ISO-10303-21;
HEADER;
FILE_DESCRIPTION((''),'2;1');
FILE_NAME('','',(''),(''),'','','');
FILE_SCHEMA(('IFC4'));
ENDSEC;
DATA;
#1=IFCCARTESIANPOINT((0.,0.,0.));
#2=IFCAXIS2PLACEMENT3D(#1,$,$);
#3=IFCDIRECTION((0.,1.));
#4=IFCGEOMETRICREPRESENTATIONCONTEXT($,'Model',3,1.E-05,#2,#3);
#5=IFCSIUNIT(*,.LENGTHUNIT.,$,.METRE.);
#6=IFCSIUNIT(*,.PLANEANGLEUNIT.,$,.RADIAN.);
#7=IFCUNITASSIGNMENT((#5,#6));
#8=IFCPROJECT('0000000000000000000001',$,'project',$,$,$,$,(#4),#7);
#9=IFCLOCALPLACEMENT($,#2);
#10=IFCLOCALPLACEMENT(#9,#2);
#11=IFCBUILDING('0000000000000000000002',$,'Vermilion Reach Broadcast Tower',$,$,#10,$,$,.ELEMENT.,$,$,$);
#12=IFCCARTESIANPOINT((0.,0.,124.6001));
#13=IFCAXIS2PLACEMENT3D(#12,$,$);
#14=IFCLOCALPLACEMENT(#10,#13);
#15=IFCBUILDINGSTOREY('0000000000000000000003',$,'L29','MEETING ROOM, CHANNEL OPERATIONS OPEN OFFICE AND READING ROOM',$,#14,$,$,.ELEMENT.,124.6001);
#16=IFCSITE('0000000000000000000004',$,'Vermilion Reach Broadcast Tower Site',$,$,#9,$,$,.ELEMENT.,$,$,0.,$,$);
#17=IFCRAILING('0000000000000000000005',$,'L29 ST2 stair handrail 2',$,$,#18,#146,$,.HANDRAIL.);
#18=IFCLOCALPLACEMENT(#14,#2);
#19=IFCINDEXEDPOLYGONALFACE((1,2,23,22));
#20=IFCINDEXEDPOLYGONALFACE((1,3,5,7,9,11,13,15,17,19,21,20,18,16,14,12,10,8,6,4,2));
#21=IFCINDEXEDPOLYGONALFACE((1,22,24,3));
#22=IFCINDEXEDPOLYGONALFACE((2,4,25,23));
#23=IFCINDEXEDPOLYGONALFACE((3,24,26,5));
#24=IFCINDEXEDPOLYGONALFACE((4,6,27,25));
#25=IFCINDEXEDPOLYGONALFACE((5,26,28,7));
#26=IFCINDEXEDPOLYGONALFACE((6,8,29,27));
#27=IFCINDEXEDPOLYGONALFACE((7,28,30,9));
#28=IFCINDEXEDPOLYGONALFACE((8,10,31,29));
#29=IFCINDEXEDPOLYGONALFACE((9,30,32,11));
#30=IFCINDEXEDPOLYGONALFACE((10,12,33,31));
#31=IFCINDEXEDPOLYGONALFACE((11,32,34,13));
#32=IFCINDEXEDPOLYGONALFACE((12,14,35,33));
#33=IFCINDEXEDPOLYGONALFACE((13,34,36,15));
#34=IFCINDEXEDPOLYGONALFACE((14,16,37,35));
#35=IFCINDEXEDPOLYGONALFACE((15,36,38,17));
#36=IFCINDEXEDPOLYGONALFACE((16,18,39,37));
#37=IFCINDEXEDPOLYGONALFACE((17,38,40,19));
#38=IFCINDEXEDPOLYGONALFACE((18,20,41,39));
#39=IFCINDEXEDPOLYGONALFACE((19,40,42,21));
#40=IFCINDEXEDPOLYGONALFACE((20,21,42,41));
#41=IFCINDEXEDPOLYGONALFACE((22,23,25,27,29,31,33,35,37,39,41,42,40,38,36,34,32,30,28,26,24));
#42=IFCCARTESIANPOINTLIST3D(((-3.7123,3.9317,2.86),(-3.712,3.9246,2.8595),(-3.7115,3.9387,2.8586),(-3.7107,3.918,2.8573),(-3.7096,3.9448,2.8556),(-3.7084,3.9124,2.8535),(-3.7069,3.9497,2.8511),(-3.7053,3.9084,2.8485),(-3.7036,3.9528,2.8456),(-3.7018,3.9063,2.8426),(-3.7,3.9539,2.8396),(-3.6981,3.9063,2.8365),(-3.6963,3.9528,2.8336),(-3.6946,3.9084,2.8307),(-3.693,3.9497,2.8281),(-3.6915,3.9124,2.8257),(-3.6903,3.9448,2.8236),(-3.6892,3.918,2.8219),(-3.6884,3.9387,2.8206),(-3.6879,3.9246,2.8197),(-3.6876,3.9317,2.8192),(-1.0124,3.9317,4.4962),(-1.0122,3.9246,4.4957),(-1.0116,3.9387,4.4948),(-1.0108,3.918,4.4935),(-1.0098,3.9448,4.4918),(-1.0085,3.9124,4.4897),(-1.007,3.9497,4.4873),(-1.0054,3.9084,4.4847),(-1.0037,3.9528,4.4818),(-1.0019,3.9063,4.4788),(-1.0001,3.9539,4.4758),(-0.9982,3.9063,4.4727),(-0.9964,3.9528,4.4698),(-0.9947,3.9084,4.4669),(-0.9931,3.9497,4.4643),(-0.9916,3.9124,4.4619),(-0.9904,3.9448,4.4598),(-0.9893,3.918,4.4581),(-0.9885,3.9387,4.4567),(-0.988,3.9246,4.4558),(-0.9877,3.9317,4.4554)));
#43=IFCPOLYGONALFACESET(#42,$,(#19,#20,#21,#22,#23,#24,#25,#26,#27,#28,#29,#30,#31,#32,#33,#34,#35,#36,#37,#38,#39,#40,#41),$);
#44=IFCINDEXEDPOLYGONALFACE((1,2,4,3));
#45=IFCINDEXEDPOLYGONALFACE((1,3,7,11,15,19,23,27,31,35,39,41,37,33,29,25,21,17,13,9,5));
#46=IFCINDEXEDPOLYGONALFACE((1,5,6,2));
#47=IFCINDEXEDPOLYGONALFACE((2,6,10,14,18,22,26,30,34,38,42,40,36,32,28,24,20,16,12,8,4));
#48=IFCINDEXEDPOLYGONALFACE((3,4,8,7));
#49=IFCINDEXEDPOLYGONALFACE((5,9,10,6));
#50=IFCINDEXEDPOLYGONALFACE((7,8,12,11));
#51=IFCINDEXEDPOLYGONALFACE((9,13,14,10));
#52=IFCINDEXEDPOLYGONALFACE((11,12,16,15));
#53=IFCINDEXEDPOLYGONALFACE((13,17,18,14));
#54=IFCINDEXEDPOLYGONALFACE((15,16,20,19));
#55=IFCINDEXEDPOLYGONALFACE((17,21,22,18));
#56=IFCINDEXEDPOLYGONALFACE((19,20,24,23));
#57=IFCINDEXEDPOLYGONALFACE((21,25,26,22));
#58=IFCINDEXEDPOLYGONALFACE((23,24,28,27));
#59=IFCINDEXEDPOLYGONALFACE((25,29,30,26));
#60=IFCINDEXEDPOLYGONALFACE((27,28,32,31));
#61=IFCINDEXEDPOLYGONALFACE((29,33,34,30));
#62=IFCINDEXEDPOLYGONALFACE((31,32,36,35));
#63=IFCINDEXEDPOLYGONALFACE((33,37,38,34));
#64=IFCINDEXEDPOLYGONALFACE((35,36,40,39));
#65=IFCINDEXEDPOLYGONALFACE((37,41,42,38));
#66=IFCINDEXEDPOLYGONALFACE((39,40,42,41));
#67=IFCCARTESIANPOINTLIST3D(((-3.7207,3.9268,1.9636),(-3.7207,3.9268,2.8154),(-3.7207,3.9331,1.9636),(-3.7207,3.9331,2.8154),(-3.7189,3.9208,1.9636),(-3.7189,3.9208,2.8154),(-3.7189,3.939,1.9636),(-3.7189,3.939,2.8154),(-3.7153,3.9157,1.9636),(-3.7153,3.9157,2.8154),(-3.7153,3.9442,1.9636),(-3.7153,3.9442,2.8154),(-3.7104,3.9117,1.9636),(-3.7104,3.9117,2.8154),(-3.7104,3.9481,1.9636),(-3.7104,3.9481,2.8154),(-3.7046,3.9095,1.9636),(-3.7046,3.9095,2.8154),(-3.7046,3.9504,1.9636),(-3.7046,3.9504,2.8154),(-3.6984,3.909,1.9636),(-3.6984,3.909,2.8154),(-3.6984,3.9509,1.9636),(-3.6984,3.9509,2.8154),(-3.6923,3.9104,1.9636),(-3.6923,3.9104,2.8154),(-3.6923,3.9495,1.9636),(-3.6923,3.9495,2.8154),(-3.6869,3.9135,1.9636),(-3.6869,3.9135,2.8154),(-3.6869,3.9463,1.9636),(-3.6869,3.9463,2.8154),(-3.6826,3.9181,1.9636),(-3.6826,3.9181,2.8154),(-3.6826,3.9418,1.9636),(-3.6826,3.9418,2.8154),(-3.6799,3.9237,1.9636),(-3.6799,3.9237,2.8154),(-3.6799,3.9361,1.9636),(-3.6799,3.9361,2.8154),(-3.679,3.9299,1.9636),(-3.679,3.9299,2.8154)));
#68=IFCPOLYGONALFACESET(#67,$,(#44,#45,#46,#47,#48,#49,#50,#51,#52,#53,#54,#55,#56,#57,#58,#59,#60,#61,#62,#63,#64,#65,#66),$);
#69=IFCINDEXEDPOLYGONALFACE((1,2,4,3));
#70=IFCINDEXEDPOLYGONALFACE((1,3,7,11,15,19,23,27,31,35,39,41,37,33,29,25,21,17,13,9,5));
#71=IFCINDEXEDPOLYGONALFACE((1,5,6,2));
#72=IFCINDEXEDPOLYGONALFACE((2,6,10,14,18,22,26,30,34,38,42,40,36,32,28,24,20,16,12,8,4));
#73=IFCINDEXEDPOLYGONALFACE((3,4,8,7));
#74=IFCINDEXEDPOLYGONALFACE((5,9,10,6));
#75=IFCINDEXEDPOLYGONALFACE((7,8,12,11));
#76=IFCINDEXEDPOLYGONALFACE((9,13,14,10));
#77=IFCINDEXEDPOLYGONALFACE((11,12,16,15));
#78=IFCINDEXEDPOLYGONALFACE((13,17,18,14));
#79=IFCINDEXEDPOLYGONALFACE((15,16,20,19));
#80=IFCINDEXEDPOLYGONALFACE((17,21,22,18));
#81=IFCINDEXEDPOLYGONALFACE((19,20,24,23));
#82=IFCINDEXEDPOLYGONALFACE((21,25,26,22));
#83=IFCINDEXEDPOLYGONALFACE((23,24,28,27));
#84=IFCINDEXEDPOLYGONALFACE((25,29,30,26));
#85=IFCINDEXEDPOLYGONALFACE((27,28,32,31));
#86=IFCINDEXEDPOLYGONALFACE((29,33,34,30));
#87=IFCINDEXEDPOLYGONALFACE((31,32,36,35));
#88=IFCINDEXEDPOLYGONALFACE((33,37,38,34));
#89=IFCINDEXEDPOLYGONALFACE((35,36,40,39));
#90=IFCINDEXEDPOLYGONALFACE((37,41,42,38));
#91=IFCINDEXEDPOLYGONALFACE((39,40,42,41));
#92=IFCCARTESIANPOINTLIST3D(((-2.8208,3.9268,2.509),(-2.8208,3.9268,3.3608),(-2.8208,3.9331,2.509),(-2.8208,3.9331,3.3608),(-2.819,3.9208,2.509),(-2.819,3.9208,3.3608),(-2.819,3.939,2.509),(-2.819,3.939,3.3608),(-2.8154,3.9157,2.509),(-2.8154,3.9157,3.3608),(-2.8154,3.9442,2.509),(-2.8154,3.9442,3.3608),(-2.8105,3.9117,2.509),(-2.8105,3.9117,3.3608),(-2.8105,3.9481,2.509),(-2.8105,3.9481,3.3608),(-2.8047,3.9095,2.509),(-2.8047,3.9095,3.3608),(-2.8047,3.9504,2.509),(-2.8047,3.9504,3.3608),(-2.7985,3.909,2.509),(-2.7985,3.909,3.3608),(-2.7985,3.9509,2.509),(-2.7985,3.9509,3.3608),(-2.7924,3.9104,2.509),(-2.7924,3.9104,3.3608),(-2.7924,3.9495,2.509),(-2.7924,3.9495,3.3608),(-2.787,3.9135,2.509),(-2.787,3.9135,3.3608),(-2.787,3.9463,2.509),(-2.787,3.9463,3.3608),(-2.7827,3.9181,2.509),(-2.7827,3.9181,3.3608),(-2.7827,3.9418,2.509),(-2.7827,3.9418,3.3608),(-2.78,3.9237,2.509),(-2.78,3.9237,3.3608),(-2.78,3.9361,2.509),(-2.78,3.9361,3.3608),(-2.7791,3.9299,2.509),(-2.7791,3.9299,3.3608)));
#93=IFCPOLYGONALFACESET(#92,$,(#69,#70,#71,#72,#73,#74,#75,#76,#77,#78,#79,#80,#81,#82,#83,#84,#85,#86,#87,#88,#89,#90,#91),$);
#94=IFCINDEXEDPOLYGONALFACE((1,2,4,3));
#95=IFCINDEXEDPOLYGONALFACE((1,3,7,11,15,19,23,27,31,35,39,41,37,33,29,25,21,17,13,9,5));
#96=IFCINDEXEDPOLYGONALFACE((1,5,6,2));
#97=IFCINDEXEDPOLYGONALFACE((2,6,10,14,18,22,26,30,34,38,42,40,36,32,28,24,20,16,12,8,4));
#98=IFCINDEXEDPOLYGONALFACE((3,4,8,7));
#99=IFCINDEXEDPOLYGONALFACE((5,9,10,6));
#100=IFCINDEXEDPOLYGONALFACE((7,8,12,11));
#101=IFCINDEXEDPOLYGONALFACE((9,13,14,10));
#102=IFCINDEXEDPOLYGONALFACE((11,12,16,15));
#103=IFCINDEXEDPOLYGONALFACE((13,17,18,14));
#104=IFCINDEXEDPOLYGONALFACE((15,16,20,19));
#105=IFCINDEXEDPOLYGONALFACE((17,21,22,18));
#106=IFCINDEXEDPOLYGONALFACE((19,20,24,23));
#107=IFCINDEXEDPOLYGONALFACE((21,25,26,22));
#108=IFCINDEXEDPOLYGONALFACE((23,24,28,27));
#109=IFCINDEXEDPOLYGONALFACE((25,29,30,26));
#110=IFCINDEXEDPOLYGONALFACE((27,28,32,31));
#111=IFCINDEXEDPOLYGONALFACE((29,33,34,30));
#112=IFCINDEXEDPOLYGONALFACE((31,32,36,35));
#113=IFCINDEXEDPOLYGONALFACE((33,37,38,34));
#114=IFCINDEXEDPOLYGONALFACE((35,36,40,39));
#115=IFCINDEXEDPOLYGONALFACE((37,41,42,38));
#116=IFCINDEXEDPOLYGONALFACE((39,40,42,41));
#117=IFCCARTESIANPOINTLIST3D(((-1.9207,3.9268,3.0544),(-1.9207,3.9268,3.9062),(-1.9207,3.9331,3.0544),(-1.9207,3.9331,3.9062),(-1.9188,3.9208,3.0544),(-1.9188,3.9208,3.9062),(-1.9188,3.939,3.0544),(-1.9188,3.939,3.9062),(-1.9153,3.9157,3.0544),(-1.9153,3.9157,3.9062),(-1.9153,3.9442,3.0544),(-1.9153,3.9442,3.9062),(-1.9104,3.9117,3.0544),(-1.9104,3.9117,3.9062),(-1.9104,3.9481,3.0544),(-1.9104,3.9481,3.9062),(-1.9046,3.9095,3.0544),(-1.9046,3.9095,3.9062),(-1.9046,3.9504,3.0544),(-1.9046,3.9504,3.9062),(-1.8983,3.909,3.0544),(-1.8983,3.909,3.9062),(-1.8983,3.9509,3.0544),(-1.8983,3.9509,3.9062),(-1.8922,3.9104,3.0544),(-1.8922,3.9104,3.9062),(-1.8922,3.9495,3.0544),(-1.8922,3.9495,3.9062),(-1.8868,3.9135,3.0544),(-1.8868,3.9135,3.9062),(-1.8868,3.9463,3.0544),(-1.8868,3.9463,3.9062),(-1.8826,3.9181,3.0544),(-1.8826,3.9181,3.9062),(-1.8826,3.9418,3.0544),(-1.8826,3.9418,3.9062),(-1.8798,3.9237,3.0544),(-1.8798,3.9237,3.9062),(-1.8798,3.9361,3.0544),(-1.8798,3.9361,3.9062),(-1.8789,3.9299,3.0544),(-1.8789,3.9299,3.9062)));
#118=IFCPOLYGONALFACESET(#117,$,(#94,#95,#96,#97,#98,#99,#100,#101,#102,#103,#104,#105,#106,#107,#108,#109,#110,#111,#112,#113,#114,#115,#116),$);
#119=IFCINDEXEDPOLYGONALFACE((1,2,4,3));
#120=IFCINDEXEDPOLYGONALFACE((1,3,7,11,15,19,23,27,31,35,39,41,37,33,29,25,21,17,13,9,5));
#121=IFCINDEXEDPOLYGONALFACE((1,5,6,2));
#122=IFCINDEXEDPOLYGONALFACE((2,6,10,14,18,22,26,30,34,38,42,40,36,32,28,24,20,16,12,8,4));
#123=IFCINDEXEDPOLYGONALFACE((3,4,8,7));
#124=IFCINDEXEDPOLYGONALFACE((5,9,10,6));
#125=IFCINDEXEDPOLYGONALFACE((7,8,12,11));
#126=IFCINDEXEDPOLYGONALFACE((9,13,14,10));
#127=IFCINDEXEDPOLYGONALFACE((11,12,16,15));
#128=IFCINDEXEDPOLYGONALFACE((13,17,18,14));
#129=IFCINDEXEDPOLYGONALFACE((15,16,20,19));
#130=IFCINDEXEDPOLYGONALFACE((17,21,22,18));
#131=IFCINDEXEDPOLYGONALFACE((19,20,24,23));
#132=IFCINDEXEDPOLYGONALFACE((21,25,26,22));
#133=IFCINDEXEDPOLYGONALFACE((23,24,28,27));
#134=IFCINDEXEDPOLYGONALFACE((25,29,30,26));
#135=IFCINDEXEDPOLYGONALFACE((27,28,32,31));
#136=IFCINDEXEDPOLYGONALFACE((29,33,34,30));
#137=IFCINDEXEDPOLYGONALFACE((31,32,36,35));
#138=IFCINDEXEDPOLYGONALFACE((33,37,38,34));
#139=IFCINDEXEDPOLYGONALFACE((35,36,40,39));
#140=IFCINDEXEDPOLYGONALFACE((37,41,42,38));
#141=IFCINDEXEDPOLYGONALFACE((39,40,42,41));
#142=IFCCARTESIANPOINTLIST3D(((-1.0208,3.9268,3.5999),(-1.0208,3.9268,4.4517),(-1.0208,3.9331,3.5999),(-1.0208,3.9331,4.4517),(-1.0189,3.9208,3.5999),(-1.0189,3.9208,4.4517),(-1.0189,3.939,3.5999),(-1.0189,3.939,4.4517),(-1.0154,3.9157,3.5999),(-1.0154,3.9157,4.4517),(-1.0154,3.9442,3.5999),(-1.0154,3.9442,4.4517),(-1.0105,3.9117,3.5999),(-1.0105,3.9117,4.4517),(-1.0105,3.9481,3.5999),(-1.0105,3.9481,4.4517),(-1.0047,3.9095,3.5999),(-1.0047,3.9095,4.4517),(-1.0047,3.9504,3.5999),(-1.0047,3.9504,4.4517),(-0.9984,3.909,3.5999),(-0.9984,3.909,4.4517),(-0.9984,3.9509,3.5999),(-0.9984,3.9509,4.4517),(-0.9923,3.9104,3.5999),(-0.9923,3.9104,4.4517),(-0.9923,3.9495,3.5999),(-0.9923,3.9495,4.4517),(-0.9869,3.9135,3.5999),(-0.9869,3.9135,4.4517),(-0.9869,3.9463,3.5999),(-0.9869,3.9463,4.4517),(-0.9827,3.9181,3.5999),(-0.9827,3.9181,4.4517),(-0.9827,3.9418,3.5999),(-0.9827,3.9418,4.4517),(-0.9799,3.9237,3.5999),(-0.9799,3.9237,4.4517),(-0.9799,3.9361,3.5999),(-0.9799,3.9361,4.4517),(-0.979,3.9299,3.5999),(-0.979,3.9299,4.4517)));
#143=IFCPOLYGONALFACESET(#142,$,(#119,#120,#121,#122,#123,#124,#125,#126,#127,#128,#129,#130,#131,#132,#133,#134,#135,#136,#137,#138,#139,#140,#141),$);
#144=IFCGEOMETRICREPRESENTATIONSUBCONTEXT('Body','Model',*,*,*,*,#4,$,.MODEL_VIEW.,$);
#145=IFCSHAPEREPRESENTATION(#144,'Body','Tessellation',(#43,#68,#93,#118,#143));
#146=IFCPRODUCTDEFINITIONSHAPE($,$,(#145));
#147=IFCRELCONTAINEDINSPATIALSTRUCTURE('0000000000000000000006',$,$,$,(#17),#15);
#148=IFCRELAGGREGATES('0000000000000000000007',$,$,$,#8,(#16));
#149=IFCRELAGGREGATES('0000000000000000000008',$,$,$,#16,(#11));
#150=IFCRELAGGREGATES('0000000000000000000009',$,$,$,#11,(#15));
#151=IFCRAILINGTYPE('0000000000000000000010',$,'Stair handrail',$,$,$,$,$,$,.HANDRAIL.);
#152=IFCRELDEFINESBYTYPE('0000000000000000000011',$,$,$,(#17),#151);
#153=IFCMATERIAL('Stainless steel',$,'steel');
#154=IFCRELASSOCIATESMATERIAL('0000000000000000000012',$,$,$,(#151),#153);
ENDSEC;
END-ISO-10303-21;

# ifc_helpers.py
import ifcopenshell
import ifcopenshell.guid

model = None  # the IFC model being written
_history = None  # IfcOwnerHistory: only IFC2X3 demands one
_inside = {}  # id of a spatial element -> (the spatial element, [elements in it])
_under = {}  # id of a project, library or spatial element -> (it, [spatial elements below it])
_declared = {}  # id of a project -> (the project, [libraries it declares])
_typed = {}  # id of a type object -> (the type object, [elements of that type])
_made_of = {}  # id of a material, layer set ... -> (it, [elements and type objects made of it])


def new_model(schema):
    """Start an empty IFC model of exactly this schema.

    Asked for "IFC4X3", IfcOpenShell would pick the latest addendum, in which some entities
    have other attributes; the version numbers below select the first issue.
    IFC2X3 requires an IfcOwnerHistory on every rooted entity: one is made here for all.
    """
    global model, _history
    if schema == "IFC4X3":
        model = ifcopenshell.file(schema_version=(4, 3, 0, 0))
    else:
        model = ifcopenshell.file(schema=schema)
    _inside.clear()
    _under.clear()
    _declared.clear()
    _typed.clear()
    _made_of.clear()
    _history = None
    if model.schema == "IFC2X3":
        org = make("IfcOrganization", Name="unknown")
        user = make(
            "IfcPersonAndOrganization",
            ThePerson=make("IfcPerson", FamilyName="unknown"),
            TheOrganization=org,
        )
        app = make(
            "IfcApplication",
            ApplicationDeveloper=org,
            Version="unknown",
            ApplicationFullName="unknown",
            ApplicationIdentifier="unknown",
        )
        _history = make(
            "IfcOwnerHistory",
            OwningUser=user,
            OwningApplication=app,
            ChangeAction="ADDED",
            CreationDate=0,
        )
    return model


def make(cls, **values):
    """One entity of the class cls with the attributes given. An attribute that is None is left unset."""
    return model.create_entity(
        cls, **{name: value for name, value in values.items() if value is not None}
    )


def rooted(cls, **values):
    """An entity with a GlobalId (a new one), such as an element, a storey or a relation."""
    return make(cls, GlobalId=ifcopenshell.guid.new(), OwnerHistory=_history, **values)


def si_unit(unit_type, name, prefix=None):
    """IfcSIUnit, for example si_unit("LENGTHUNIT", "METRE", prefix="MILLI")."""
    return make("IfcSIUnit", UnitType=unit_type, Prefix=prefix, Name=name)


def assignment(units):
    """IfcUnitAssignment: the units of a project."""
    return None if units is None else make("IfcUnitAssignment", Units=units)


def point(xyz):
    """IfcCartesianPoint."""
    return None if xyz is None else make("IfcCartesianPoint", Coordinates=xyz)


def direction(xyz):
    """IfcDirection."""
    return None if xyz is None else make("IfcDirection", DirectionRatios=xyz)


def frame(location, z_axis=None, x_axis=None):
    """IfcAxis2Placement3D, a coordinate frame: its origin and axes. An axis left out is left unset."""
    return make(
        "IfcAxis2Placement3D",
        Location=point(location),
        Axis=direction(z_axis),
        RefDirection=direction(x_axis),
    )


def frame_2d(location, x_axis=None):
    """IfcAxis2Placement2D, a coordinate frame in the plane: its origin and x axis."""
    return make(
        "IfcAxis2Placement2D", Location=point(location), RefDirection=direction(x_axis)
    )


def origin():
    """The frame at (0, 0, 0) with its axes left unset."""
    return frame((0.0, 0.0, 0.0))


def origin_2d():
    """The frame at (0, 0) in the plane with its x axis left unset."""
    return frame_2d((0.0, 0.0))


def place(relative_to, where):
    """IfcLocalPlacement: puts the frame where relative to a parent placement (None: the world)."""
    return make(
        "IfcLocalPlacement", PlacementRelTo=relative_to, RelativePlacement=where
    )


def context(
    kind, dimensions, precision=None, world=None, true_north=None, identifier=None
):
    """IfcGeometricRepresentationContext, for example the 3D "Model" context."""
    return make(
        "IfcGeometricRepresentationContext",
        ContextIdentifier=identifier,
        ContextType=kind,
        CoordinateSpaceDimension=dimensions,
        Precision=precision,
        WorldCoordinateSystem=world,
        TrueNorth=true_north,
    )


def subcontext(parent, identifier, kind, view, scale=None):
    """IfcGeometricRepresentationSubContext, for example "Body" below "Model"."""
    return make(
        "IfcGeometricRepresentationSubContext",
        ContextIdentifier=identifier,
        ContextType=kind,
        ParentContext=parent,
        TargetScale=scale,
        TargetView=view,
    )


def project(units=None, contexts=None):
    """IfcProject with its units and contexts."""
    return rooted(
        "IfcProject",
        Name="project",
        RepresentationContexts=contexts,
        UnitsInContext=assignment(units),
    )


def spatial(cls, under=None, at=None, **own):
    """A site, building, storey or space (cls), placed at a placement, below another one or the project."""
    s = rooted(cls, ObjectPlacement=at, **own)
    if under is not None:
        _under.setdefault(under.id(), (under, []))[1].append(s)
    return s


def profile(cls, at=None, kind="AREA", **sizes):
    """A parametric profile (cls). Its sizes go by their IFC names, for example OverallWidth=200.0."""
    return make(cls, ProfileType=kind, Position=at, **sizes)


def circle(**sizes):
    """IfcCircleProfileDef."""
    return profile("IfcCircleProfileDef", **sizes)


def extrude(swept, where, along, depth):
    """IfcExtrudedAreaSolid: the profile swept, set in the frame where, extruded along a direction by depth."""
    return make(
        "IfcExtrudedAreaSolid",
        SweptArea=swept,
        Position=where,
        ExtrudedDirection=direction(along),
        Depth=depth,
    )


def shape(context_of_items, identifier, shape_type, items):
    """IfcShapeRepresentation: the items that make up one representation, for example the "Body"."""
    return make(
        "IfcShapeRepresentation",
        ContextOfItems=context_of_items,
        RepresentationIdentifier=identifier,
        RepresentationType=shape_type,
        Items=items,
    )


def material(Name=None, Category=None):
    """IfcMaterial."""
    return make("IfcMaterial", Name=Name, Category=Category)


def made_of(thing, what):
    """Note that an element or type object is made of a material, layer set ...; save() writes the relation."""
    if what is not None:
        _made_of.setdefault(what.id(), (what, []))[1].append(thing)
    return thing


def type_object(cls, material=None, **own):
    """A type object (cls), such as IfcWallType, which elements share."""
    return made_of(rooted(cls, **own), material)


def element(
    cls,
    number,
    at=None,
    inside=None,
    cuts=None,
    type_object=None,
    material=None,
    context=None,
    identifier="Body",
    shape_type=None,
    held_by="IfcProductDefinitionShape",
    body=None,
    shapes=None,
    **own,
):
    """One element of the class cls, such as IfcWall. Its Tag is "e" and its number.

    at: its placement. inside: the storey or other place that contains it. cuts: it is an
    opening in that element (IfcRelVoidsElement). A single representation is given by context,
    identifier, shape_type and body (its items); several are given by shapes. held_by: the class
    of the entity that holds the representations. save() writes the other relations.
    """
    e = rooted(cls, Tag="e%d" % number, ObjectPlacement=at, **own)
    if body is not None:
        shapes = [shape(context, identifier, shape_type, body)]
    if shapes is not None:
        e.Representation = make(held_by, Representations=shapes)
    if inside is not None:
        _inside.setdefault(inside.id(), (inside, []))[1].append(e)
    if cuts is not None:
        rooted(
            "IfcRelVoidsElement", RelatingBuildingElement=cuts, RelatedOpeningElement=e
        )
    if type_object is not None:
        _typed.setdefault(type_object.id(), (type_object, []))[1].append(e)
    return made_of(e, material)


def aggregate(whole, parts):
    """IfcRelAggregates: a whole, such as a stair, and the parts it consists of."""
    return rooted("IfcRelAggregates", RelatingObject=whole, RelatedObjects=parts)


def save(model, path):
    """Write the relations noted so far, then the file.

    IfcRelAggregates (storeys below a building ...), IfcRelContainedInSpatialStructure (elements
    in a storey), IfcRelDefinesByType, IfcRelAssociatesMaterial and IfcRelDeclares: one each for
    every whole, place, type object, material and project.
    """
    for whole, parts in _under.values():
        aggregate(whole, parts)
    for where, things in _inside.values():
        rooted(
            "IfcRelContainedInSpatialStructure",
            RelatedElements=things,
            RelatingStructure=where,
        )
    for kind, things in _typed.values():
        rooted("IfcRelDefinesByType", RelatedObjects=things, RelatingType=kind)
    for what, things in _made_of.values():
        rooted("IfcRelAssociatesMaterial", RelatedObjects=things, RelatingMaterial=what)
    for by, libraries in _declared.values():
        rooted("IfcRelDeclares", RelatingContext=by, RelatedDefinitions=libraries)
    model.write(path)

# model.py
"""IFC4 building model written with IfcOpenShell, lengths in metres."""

from ifc_helpers import new_model, si_unit, direction, frame, origin, origin_2d, place, context, subcontext, project, spatial, circle, extrude, material, type_object, element, save


model = new_model("IFC4")

# Units and contexts
model_context = context("Model", 3, precision=1e-05, world=origin(), true_north=direction((0.0, 1.0)))
body_context = subcontext(model_context, "Body", "Model", "MODEL_VIEW")
ifc_project = project(units=[si_unit("LENGTHUNIT", "METRE"), si_unit("PLANEANGLEUNIT", "RADIAN")], contexts=[model_context])

# Site, building, storey
site_placement = place(None, origin())
site = spatial("IfcSite", under=ifc_project, at=site_placement, Name="Vermilion Reach Broadcast Tower Site", CompositionType="ELEMENT", RefElevation=0.0)
building_placement = place(site_placement, origin())
building = spatial("IfcBuilding", under=site, at=building_placement, Name="Vermilion Reach Broadcast Tower", CompositionType="ELEMENT")
storey_placement = place(building_placement, frame((0.0, 0.0, 124.6001)))
storey = spatial("IfcBuildingStorey", under=building, at=storey_placement, Name="L29", Description="MEETING ROOM, CHANNEL OPERATIONS OPEN OFFICE AND READING ROOM", CompositionType="ELEMENT", Elevation=124.6001)

# Railing
ifc_material_1 = material(Name="Stainless steel", Category="steel")
railing_type_1 = type_object("IfcRailingType", Name="Stair handrail", PredefinedType="HANDRAIL", material=ifc_material_1)
railing_1_placement = place(storey_placement, frame((-3.7, 3.9299, 1.9636)))
element("IfcRailing", 1, at=railing_1_placement, inside=storey, type_object=railing_type_1, Name="L29 ST2 stair handrail 2", PredefinedType="HANDRAIL", context=body_context, shape_type="SweptSolid", body=[
    extrude(circle(Radius=0.0239, at=origin_2d()), frame((0.0, 0.0, 0.876), z_axis=(0.855212, 0.0, 0.518278), x_axis=(0.0, 1.0, 0.0)), (0.0, 0.0, 1.0), 3.157),
    extrude(circle(Radius=0.021, at=origin_2d()), origin(), (0.0, 0.0, 1.0), 0.8518),
    extrude(circle(Radius=0.021, at=origin_2d()), frame((0.8999, 0.0, 0.5454)), (0.0, 0.0, 1.0), 0.8518),
    extrude(circle(Radius=0.021, at=origin_2d()), frame((1.8, 0.0, 1.0908)), (0.0, 0.0, 1.0), 0.8518),
    extrude(circle(Radius=0.021, at=origin_2d()), frame((2.7, 0.0, 1.6362)), (0.0, 0.0, 1.0), 0.8518),
])

save(model, "model.ifc")
